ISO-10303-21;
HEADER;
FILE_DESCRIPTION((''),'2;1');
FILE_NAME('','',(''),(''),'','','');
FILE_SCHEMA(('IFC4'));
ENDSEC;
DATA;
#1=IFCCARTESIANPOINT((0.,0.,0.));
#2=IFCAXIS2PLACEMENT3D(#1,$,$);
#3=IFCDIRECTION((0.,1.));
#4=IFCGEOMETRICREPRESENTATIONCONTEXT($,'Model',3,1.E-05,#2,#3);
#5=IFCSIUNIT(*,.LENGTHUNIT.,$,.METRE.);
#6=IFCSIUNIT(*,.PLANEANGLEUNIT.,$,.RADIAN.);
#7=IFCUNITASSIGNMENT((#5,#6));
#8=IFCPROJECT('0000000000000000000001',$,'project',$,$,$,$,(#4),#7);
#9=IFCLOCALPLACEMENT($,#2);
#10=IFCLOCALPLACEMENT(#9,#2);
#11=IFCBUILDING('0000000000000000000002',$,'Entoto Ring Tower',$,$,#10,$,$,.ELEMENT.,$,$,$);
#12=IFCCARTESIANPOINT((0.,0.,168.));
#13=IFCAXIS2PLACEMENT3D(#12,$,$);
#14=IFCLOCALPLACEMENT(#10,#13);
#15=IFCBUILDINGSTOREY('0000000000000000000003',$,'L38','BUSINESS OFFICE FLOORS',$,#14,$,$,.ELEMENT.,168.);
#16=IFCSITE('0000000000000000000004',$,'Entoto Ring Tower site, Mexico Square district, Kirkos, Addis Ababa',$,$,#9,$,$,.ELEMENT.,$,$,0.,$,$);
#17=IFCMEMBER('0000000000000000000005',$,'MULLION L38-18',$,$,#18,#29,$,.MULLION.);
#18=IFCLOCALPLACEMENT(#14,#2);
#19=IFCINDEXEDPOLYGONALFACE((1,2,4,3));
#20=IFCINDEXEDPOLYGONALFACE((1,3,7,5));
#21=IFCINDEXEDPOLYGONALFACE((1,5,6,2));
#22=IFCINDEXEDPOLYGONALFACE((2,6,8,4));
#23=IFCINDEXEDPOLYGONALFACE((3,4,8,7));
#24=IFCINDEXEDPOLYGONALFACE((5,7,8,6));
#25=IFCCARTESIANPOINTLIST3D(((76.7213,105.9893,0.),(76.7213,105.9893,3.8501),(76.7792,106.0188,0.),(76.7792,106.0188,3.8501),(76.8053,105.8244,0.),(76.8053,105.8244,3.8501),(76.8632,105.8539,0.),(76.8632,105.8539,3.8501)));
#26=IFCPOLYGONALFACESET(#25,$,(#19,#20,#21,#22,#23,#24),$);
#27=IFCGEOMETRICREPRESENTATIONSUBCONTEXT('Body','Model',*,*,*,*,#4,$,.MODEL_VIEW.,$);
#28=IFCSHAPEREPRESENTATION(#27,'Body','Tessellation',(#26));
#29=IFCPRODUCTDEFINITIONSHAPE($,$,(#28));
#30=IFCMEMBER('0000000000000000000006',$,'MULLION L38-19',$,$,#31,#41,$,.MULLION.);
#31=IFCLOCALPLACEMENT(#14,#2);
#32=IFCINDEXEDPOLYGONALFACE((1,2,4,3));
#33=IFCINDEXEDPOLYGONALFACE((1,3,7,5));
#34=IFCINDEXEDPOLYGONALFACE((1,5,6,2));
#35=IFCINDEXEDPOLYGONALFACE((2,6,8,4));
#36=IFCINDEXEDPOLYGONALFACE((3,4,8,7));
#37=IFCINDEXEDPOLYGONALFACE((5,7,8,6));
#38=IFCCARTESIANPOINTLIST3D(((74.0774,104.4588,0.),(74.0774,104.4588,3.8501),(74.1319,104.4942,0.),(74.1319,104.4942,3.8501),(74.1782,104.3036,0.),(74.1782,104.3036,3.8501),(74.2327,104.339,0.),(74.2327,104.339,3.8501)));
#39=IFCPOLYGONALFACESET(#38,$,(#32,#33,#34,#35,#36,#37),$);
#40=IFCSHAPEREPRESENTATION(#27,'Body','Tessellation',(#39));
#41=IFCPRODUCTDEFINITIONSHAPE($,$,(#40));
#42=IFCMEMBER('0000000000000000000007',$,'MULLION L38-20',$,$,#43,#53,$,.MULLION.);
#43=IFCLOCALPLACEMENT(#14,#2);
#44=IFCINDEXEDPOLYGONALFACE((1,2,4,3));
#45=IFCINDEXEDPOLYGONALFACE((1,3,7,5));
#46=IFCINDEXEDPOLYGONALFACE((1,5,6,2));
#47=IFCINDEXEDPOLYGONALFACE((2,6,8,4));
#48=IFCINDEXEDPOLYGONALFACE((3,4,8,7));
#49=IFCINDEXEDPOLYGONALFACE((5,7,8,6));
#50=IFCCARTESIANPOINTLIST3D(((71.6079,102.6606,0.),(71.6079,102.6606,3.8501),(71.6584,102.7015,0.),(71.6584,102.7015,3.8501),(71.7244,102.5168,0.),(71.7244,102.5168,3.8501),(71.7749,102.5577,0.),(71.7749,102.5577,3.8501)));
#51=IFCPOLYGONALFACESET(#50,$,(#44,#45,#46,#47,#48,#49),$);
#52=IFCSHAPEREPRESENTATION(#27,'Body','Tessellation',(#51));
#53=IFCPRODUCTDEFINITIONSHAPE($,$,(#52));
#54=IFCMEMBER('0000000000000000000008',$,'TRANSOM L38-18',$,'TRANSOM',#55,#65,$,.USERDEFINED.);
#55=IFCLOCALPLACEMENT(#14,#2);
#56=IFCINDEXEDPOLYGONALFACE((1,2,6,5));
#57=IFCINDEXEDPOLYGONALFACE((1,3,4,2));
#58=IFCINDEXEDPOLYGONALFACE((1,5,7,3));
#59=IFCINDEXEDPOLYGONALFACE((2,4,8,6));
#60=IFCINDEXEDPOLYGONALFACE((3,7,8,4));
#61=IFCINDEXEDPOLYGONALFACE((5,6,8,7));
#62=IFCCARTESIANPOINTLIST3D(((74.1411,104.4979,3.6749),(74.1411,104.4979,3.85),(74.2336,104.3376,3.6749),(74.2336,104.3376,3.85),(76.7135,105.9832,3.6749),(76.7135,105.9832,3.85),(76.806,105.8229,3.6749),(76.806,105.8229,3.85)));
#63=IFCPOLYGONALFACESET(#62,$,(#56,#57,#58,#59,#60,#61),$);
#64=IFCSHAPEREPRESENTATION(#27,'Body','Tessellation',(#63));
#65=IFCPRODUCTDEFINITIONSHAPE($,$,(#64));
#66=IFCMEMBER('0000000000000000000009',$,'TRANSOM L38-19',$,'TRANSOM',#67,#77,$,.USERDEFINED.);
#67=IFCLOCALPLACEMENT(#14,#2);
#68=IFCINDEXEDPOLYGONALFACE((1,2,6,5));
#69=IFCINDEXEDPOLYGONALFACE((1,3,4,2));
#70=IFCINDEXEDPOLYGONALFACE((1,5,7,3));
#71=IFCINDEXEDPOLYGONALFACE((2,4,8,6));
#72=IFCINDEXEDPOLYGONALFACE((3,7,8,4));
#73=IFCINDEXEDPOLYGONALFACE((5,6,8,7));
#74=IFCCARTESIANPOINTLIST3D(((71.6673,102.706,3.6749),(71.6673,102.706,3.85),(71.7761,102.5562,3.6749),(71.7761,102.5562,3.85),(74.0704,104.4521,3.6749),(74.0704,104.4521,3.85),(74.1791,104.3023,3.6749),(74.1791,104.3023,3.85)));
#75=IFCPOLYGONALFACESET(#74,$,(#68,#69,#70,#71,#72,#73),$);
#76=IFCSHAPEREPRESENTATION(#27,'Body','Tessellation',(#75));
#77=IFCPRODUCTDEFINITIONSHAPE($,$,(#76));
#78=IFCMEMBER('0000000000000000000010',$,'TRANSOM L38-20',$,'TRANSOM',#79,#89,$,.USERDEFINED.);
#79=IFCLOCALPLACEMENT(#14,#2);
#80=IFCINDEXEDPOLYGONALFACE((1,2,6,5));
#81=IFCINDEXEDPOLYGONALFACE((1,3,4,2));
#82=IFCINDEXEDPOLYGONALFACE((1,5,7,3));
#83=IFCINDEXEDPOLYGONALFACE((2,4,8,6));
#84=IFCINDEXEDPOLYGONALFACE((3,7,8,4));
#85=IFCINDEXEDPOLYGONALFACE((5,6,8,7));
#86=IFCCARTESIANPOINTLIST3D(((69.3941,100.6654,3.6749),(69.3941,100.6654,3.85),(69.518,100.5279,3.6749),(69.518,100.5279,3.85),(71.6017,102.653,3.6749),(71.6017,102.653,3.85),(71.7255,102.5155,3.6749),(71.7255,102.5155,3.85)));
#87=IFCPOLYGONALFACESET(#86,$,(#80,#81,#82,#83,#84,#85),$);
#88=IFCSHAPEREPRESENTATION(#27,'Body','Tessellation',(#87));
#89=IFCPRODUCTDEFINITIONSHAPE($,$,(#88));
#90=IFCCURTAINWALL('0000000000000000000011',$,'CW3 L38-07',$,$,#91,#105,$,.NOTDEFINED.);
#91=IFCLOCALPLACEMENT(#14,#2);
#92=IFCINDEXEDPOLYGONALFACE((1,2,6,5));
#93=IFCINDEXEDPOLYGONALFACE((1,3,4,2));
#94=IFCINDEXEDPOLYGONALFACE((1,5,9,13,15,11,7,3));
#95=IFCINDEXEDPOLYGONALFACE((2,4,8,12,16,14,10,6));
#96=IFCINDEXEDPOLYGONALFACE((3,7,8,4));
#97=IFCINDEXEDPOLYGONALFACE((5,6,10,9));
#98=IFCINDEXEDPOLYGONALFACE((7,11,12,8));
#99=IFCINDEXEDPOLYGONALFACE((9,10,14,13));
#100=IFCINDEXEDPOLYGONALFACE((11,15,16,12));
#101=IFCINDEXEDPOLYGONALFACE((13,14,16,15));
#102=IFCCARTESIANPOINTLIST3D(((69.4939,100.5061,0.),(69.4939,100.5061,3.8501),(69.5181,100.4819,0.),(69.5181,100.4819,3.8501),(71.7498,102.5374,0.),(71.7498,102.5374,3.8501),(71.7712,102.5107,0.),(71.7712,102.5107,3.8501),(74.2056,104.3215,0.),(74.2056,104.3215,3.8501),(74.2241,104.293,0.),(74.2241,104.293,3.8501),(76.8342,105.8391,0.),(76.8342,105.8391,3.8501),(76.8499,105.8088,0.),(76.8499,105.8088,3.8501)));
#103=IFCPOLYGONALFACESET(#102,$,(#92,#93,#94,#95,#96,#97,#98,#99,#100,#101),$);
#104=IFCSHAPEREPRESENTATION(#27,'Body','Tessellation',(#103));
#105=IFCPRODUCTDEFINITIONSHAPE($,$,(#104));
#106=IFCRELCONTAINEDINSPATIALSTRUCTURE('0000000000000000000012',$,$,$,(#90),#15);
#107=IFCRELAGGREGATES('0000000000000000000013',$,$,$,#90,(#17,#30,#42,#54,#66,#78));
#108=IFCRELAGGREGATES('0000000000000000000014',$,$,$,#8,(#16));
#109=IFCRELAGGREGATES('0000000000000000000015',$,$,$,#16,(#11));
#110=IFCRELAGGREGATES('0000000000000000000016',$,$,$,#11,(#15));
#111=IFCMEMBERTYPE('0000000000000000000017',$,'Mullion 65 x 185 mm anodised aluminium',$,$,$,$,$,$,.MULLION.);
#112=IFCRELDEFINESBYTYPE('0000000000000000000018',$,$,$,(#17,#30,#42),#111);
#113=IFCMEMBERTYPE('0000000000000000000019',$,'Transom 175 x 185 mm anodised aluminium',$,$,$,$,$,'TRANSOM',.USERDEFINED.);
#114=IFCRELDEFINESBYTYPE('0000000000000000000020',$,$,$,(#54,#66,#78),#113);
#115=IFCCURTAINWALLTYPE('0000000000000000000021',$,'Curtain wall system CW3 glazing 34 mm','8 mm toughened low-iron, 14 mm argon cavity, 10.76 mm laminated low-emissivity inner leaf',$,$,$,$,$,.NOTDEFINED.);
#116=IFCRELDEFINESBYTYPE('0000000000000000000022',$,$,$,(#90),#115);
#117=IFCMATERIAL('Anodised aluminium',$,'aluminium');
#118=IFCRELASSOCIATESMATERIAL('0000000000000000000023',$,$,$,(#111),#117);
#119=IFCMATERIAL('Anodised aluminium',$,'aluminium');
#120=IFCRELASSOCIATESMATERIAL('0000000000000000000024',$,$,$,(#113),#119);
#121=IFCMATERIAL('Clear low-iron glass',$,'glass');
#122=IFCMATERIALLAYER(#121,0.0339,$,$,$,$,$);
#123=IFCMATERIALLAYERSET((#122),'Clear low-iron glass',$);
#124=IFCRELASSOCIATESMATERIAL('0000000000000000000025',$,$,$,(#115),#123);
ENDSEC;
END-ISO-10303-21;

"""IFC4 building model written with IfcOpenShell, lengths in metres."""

from ifc_helpers import new_model, si_unit, direction, frame, origin, origin_2d, place, context, subcontext, project, spatial, polyline, rectangle, outline, extrude, material, layer, layer_set, material_profile, profile_set, type_object, element, aggregate, save


model = new_model("IFC4")

# Units and contexts
model_context = context("Model", 3, precision=1e-05, world=origin(), true_north=direction((0.0, 1.0)))
body_context = subcontext(model_context, "Body", "Model", "MODEL_VIEW")
ifc_project = project(units=[si_unit("LENGTHUNIT", "METRE"), si_unit("PLANEANGLEUNIT", "RADIAN")], contexts=[model_context])

# Members
ifc_material_1 = material(Name="Anodised aluminium", Category="aluminium")
ifc_material_profile_1 = material_profile(ifc_material_1, rectangle(XDim=0.0649, YDim=0.1851, at=origin_2d()), Name="Mullion 65 x 185 mm anodised aluminium")
ifc_profile_set_1 = profile_set([ifc_material_profile_1], Name="Anodised aluminium")
member_type_1 = type_object("IfcMemberType", Name="Mullion 65 x 185 mm anodised aluminium", PredefinedType="MULLION", material=ifc_profile_set_1)
site_placement = place(None, origin())
building_placement = place(site_placement, origin())
storey_placement = place(building_placement, frame((0.0, 0.0, 168.0)))
member_1_placement = place(storey_placement, frame((76.7922, 105.9216, 0.0), z_axis=(0.0, 0.0, 1.0), x_axis=(-0.891007, -0.45399, 0.0)))
member_1 = element("IfcMember", 1, at=member_1_placement, type_object=member_type_1, Name="MULLION L38-18", PredefinedType="MULLION", context=body_context, shape_type="SweptSolid", body=[
    extrude(rectangle(XDim=0.0649, YDim=0.1851, at=origin_2d()), origin(), (0.0, 0.0, 1.0), 3.8501),
])
member_2_placement = place(storey_placement, frame((74.155, 104.3989, 0.0), z_axis=(0.0, 0.0, 1.0), x_axis=(-0.838671, -0.544639, 0.0)))
member_2 = element("IfcMember", 2, at=member_2_placement, type_object=member_type_1, Name="MULLION L38-19", PredefinedType="MULLION", context=body_context, shape_type="SweptSolid", body=[
    extrude(rectangle(XDim=0.0649, YDim=0.1851, at=origin_2d()), origin(), (0.0, 0.0, 1.0), 3.8501),
])
member_3_placement = place(storey_placement, frame((71.6914, 102.6091, 0.0), z_axis=(0.0, 0.0, 1.0), x_axis=(-0.777146, -0.62932, 0.0)))
member_3 = element("IfcMember", 3, at=member_3_placement, type_object=member_type_1, Name="MULLION L38-20", PredefinedType="MULLION", context=body_context, shape_type="SweptSolid", body=[
    extrude(rectangle(XDim=0.0649, YDim=0.1851, at=origin_2d()), origin(), (0.0, 0.0, 1.0), 3.8501),
])
ifc_material_2 = material(Name="Anodised aluminium", Category="aluminium")
ifc_material_profile_2 = material_profile(ifc_material_2, rectangle(XDim=0.1851, YDim=0.175, at=origin_2d()), Name="Transom 175 x 185 mm anodised aluminium")
ifc_profile_set_2 = profile_set([ifc_material_profile_2], Name="Anodised aluminium")
member_type_2 = type_object("IfcMemberType", Name="Transom 175 x 185 mm anodised aluminium", ElementType="TRANSOM", PredefinedType="USERDEFINED", material=ifc_profile_set_2)
member_4_placement = place(storey_placement, frame((76.7598, 105.9031, 3.7625), z_axis=(-0.866009, -0.500028, 0.0), x_axis=(0.500028, -0.866009, 0.0)))
member_4 = element("IfcMember", 4, at=member_4_placement, type_object=member_type_2, Name="TRANSOM L38-18", ObjectType="TRANSOM", PredefinedType="USERDEFINED", context=body_context, shape_type="SweptSolid", body=[
    extrude(rectangle(XDim=0.1851, YDim=0.175, at=origin_2d()), origin(), (0.0, 0.0, 1.0), 2.9705),
])
member_5_placement = place(storey_placement, frame((74.1248, 104.3772, 3.7625), z_axis=(-0.808992, -0.58782, 0.0), x_axis=(0.58782, -0.808992, 0.0)))
member_5 = element("IfcMember", 5, at=member_5_placement, type_object=member_type_2, Name="TRANSOM L38-19", ObjectType="TRANSOM", PredefinedType="USERDEFINED", context=body_context, shape_type="SweptSolid", body=[
    extrude(rectangle(XDim=0.1851, YDim=0.175, at=origin_2d()), origin(), (0.0, 0.0, 1.0), 2.9705),
])
member_6_placement = place(storey_placement, frame((71.6636, 102.5842, 3.7625), z_axis=(-0.743163, -0.66911, 0.0), x_axis=(0.66911, -0.743163, 0.0)))
member_6 = element("IfcMember", 6, at=member_6_placement, type_object=member_type_2, Name="TRANSOM L38-20", ObjectType="TRANSOM", PredefinedType="USERDEFINED", context=body_context, shape_type="SweptSolid", body=[
    extrude(rectangle(XDim=0.1851, YDim=0.175, at=origin_2d()), origin(), (0.0, 0.0, 1.0), 2.9705),
])

# Site, building, storey
site = spatial("IfcSite", under=ifc_project, at=site_placement, Name="Entoto Ring Tower site, Mexico Square district, Kirkos, Addis Ababa", CompositionType="ELEMENT", RefElevation=0.0)
building = spatial("IfcBuilding", under=site, at=building_placement, Name="Entoto Ring Tower", CompositionType="ELEMENT")
storey = spatial("IfcBuildingStorey", under=building, at=storey_placement, Name="L38", Description="BUSINESS OFFICE FLOORS", CompositionType="ELEMENT", Elevation=168.0)

# Curtain wall
ifc_material_3 = material(Name="Clear low-iron glass", Category="glass")
ifc_layer = layer(ifc_material_3, 0.0339)
ifc_layer_set = layer_set([ifc_layer], Name="Clear low-iron glass")
curtain_wall_type = type_object("IfcCurtainWallType", Name="Curtain wall system CW3 glazing 34 mm", Description="8 mm toughened low-iron, 14 mm argon cavity, 10.76 mm laminated low-emissivity inner leaf", PredefinedType="NOTDEFINED", material=ifc_layer_set)
curtain_wall_1_placement = place(storey_placement, origin())
curtain_wall_1 = element("IfcCurtainWall", 7, at=curtain_wall_1_placement, inside=storey, type_object=curtain_wall_type, Name="CW3 L38-07", PredefinedType="NOTDEFINED", context=body_context, shape_type="SweptSolid", body=[
    extrude(outline(polyline([(76.8342, 105.8391), (74.2056, 104.3215), (71.7498, 102.5374), (69.4939, 100.5061), (69.5181, 100.4819), (71.7712, 102.5107), (74.2241, 104.293), (76.8499, 105.8088), (76.8342, 105.8391)])), origin(), (0.0, 0.0, 1.0), 3.8501),
])
aggregate(curtain_wall_1, [member_1, member_2, member_3, member_4, member_5, member_6])

save(model, "model.ifc")
